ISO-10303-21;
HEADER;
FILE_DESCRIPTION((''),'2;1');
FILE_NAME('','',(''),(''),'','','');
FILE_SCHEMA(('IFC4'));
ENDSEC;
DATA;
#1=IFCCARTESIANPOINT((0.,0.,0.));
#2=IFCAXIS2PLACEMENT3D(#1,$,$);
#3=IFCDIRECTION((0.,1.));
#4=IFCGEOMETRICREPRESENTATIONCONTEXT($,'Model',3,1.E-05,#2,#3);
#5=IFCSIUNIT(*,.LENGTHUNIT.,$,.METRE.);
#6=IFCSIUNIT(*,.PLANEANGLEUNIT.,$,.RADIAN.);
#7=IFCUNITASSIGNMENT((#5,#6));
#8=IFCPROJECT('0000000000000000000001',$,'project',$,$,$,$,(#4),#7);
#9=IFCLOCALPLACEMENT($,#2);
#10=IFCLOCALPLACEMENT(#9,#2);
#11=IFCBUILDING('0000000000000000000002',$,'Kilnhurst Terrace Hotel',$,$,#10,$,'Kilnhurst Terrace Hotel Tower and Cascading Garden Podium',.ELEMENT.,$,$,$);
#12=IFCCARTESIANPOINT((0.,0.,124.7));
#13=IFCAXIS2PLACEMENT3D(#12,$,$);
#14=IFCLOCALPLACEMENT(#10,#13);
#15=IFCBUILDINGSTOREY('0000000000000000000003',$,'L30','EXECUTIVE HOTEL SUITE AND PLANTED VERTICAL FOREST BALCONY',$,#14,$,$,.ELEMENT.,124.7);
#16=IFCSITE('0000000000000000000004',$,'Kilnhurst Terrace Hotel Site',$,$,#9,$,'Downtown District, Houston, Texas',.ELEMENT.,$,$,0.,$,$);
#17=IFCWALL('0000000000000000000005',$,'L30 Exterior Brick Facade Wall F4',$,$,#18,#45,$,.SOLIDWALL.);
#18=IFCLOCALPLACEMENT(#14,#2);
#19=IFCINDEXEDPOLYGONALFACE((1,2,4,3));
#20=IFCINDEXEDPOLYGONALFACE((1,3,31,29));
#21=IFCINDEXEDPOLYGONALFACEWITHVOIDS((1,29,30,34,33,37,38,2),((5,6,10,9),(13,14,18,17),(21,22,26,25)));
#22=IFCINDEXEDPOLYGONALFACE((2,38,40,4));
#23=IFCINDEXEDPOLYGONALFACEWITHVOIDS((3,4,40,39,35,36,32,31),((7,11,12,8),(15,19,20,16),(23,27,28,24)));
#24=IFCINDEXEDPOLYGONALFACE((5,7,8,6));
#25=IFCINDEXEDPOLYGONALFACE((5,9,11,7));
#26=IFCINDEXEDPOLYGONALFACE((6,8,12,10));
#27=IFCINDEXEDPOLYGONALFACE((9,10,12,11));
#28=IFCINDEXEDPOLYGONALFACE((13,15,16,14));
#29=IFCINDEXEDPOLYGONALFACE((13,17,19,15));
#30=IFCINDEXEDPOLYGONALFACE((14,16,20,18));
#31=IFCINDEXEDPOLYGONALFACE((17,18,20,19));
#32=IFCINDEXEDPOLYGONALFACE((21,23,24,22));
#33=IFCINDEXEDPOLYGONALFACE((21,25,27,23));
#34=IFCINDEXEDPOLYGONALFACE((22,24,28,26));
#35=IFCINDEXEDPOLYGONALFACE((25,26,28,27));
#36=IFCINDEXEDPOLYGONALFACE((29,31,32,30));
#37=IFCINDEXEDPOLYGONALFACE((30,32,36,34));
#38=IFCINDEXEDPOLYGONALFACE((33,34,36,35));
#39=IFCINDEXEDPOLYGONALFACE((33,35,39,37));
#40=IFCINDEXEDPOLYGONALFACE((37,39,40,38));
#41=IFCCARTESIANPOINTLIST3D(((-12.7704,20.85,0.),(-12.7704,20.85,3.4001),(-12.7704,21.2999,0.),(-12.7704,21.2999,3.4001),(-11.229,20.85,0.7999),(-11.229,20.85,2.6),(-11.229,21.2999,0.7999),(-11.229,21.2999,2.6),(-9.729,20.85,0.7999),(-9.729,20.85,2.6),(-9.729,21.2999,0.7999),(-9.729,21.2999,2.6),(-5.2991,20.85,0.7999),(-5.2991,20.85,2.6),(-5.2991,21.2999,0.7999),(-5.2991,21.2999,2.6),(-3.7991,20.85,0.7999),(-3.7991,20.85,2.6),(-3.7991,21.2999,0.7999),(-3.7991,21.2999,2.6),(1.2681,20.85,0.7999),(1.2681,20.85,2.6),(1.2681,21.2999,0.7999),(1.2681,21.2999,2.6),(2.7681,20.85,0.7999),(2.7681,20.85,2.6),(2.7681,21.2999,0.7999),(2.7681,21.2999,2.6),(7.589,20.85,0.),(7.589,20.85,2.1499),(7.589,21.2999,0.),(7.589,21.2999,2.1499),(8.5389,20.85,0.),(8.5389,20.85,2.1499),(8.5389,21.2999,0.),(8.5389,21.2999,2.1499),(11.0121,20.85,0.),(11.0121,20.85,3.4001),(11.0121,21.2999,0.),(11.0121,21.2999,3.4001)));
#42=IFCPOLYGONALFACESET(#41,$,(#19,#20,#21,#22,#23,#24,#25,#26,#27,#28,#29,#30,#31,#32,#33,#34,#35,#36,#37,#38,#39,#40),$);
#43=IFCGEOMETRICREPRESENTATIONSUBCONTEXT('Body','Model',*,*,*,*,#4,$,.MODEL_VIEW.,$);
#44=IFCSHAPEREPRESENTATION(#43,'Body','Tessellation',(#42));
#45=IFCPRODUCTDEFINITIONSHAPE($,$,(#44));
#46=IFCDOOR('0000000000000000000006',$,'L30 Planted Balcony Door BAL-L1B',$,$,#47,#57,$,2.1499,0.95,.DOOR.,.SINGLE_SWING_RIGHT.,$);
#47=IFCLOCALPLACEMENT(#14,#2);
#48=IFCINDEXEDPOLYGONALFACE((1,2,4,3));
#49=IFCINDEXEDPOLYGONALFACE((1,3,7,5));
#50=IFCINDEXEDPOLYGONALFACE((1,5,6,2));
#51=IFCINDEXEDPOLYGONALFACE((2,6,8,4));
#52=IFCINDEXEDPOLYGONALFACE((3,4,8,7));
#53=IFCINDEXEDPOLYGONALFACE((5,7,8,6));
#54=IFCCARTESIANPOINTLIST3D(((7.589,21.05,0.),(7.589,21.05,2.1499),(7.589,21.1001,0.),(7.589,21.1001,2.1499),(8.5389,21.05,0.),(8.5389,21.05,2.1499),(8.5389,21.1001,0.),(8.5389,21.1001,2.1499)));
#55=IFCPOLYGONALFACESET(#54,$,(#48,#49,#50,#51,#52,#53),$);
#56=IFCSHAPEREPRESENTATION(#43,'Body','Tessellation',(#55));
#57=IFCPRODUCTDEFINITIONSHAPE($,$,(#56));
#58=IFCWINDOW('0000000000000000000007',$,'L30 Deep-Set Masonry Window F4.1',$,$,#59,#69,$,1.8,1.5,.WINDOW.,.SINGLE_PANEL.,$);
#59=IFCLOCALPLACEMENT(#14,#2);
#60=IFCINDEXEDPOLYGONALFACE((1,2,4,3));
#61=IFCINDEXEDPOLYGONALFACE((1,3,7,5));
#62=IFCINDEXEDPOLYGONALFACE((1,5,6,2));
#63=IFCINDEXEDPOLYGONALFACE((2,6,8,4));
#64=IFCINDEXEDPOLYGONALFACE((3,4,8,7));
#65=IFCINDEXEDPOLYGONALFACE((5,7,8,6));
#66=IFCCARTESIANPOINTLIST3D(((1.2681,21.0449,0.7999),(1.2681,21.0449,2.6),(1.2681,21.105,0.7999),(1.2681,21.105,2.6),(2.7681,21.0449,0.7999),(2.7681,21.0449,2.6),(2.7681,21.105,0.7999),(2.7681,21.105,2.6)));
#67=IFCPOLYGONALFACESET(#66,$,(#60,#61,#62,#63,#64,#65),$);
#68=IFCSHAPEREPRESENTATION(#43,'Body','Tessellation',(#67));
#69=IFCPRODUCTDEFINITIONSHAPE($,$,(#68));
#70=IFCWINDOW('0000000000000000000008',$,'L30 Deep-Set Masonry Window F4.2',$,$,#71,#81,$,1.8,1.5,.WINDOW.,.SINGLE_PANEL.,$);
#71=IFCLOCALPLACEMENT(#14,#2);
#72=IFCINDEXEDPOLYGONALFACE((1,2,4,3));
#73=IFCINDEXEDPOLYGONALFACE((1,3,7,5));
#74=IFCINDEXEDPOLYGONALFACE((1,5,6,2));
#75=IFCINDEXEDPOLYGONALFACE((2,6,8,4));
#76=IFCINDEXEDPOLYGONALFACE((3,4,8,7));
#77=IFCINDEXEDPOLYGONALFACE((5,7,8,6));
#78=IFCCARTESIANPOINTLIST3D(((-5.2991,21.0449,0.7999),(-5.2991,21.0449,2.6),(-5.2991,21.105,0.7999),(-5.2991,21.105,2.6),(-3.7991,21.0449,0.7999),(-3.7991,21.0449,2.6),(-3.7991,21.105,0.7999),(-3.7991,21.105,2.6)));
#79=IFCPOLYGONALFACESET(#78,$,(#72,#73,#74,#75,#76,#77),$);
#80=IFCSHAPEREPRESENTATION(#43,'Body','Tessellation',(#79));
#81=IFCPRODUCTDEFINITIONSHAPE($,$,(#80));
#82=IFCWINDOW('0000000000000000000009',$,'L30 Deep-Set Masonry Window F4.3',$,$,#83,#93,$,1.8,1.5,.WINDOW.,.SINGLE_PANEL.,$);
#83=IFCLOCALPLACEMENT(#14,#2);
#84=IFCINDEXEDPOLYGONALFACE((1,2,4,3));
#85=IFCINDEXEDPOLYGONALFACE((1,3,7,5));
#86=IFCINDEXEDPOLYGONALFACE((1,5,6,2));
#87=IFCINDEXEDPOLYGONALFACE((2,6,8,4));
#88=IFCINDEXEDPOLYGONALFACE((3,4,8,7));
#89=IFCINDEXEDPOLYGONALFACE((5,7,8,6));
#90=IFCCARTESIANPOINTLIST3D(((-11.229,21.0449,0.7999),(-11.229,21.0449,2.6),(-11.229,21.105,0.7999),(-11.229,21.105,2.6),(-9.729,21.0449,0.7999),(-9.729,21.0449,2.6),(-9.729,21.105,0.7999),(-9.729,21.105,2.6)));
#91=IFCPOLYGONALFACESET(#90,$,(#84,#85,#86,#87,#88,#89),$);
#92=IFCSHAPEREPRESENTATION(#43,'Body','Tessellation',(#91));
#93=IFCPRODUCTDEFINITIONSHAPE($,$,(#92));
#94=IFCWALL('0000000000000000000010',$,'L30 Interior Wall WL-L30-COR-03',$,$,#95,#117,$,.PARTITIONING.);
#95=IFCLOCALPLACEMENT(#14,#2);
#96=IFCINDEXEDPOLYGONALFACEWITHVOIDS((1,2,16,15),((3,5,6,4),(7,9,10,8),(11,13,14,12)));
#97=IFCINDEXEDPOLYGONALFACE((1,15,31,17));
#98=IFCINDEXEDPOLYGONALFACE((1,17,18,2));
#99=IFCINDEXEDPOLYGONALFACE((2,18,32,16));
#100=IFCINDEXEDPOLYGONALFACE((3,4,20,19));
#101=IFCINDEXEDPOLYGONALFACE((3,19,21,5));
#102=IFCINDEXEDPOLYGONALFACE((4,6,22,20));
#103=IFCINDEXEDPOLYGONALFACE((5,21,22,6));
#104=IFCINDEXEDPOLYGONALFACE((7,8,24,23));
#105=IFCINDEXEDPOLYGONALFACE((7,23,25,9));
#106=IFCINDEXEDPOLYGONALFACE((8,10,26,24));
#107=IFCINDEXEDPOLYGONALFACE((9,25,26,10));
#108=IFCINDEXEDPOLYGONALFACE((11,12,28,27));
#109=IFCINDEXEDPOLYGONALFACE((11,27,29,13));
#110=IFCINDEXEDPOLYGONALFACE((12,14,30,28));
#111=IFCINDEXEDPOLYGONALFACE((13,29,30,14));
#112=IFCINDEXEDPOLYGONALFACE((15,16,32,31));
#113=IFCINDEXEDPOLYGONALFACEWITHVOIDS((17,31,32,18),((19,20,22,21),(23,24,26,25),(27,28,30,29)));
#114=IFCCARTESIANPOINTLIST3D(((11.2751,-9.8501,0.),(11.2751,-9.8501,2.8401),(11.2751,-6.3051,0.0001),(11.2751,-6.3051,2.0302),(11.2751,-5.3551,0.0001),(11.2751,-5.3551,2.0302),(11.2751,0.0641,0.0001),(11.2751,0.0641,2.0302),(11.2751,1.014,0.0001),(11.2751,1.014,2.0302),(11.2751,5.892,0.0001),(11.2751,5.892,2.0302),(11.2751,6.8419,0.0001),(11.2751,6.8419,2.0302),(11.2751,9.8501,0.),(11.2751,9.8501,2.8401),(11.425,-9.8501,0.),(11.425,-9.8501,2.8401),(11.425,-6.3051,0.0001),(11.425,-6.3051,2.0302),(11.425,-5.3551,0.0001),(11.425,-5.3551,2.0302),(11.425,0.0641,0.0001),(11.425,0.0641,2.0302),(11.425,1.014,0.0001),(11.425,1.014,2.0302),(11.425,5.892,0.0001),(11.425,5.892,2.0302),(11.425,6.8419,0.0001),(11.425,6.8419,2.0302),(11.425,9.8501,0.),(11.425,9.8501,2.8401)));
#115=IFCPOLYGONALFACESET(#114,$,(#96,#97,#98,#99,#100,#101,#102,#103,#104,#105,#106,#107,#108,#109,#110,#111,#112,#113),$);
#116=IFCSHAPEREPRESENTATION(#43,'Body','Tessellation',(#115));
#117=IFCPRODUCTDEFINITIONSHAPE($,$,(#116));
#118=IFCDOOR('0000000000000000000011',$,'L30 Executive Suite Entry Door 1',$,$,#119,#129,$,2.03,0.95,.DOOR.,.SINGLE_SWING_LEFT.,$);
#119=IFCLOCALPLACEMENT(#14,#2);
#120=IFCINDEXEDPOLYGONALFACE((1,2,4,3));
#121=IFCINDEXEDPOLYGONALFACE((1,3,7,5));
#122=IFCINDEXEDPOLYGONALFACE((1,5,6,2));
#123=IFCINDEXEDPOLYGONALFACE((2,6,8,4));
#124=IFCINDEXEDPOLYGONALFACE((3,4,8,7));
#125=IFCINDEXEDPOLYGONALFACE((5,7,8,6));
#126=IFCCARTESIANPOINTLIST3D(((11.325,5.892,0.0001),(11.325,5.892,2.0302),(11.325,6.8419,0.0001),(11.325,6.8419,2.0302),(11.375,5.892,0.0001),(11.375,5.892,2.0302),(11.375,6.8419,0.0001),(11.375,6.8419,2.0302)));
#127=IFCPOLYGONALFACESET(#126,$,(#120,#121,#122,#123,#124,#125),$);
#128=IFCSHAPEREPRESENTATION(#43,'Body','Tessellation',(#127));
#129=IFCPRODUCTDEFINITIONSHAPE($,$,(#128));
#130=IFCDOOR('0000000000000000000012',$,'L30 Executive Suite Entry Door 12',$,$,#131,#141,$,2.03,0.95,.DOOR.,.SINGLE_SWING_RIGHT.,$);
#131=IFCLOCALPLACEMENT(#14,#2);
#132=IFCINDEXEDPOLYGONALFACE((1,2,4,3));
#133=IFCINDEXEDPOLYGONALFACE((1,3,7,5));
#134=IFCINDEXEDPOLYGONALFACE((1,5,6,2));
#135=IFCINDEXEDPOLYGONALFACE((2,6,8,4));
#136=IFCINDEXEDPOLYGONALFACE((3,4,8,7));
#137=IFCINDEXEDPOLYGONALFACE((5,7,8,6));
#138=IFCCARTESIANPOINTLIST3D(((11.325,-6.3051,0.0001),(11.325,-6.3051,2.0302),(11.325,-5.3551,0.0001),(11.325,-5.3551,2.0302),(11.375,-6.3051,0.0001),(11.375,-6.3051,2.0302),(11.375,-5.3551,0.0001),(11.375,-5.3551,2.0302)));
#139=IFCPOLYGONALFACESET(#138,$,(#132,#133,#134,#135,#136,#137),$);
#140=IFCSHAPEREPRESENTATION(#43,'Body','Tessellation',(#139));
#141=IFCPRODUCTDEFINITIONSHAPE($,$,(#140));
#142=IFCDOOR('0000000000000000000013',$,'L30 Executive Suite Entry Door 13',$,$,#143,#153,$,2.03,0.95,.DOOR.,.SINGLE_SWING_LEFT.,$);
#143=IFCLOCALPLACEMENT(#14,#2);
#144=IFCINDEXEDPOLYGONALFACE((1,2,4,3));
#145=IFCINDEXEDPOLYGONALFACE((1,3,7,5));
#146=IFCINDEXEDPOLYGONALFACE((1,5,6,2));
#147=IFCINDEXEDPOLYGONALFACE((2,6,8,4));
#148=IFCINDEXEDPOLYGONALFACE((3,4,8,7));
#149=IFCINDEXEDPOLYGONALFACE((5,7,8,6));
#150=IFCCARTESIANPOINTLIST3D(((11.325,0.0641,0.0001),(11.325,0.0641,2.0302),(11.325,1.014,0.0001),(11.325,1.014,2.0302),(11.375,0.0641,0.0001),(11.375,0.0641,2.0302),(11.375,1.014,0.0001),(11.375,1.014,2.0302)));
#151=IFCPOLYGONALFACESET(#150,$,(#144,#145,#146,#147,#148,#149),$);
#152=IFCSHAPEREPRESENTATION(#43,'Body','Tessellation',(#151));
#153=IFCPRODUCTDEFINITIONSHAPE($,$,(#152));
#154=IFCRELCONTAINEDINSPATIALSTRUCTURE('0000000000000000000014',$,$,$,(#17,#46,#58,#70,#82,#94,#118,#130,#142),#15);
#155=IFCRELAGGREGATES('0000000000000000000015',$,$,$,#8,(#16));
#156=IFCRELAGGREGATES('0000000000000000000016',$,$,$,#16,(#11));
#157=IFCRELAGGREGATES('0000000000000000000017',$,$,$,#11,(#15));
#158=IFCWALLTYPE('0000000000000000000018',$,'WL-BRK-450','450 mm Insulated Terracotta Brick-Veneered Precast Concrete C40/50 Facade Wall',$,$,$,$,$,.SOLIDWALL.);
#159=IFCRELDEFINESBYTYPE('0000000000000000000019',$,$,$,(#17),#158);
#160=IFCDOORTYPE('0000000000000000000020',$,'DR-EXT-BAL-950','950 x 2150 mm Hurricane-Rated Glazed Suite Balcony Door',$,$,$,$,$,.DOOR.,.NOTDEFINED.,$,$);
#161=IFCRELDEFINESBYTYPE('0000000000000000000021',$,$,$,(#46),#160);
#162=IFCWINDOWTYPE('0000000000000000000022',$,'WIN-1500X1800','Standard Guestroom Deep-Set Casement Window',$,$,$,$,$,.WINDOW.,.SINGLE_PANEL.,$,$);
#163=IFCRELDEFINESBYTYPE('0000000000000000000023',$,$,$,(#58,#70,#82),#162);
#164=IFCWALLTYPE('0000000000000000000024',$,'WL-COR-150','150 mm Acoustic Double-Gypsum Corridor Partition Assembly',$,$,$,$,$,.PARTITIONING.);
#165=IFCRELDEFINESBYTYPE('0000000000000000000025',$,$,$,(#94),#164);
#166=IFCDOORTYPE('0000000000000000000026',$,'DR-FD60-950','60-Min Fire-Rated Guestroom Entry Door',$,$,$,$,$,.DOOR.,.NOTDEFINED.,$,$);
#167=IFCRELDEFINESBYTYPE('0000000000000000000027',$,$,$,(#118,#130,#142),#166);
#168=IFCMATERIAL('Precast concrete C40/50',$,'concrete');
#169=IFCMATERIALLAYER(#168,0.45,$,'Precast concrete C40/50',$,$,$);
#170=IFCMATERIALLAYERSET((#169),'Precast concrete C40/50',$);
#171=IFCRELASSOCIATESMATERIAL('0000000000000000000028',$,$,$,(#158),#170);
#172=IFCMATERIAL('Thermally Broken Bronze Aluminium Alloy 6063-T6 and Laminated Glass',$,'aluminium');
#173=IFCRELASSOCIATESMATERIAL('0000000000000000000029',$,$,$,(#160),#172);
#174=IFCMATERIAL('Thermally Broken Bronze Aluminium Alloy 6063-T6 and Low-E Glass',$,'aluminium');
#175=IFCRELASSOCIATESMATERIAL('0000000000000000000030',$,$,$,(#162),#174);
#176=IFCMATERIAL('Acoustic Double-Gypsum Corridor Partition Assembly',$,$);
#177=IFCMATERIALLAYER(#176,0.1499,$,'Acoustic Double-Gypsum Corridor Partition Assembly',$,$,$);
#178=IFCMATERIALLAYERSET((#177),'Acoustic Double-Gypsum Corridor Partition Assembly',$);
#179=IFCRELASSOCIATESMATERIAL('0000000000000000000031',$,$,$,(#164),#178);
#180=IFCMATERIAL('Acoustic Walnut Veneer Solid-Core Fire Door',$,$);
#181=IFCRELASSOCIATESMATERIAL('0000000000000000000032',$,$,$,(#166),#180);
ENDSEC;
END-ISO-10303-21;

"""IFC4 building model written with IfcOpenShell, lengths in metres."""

from ifc_helpers import new_model, si_unit, direction, frame, frame_2d, origin, place, context, subcontext, project, spatial, rectangle, extrude, material, layer, layer_set, type_object, element, fill, save


model = new_model("IFC4")

# Units and contexts
model_context = context("Model", 3, precision=1e-05, world=origin(), true_north=direction((0.0, 1.0)))
body_context = subcontext(model_context, "Body", "Model", "MODEL_VIEW")
ifc_project = project(units=[si_unit("LENGTHUNIT", "METRE"), si_unit("PLANEANGLEUNIT", "RADIAN")], contexts=[model_context])

# Site, building, storey
site_placement = place(None, origin())
site = spatial("IfcSite", under=ifc_project, at=site_placement, Name="Kilnhurst Terrace Hotel Site", LongName="Downtown District, Houston, Texas", CompositionType="ELEMENT", RefElevation=0.0)
building_placement = place(site_placement, origin())
building = spatial("IfcBuilding", under=site, at=building_placement, Name="Kilnhurst Terrace Hotel", LongName="Kilnhurst Terrace Hotel Tower and Cascading Garden Podium", CompositionType="ELEMENT")
storey_placement = place(building_placement, frame((0.0, 0.0, 124.7)))
storey = spatial("IfcBuildingStorey", under=building, at=storey_placement, Name="L30", Description="EXECUTIVE HOTEL SUITE AND PLANTED VERTICAL FOREST BALCONY", CompositionType="ELEMENT", Elevation=124.7)

# Shared definitions
ifc_material_1 = material(Name="Precast concrete C40/50", Category="concrete")
ifc_layer_1 = layer(ifc_material_1, 0.45, Name="Precast concrete C40/50")
ifc_layer_set_1 = layer_set([ifc_layer_1], Name="Precast concrete C40/50")
wall_type_1 = type_object("IfcWallType", Name="WL-BRK-450", Description="450 mm Insulated Terracotta Brick-Veneered Precast Concrete C40/50 Facade Wall", PredefinedType="SOLIDWALL", material=ifc_layer_set_1)

# Wall, openings, door, windows
wall_1_placement = place(storey_placement, frame((11.012, 21.075, 0.0), z_axis=(0.0, 0.0, 1.0), x_axis=(-1.0, 0.0, 0.0)))
wall_1 = element("IfcWall", 1, at=wall_1_placement, inside=storey, type_object=wall_type_1, Name="L30 Exterior Brick Facade Wall F4", PredefinedType="SOLIDWALL", context=body_context, shape_type="SweptSolid", body=[
    extrude(rectangle(XDim=23.7825, YDim=0.45, at=frame_2d((11.8911, 0.0))), origin(), (0.0, 0.0, 1.0), 3.4001),
])
opening_1_placement = place(wall_1_placement, frame((2.4729, 0.0, 0.0)))
opening_1 = element("IfcOpeningElement", 2, at=opening_1_placement, cuts=wall_1, PredefinedType="OPENING", context=body_context, shape_type="SweptSolid", body=[
    extrude(rectangle(XDim=0.95, YDim=2.1499, at=frame_2d((0.4751, 1.075))), frame((0.0, 0.2349, 0.0), z_axis=(0.0, -1.0, 0.0), x_axis=(1.0, 0.0, 0.0)), (0.0, 0.0, 1.0), 0.47),
])
opening_2_placement = place(wall_1_placement, frame((8.2439, 0.0, 0.8)))
opening_2 = element("IfcOpeningElement", 3, at=opening_2_placement, cuts=wall_1, PredefinedType="OPENING", context=body_context, shape_type="SweptSolid", body=[
    extrude(rectangle(XDim=1.5, YDim=1.8, at=frame_2d((0.75, 0.8999))), frame((0.0, 0.2349, 0.0), z_axis=(0.0, -1.0, 0.0), x_axis=(1.0, 0.0, 0.0)), (0.0, 0.0, 1.0), 0.47),
])
opening_3_placement = place(wall_1_placement, frame((14.811, 0.0, 0.8)))
opening_3 = element("IfcOpeningElement", 4, at=opening_3_placement, cuts=wall_1, PredefinedType="OPENING", context=body_context, shape_type="SweptSolid", body=[
    extrude(rectangle(XDim=1.5, YDim=1.8, at=frame_2d((0.75, 0.8999))), frame((0.0, 0.2349, 0.0), z_axis=(0.0, -1.0, 0.0), x_axis=(1.0, 0.0, 0.0)), (0.0, 0.0, 1.0), 0.47),
])
opening_4_placement = place(wall_1_placement, frame((20.741, 0.0, 0.8)))
opening_4 = element("IfcOpeningElement", 5, at=opening_4_placement, cuts=wall_1, PredefinedType="OPENING", context=body_context, shape_type="SweptSolid", body=[
    extrude(rectangle(XDim=1.5, YDim=1.8, at=frame_2d((0.75, 0.8999))), frame((0.0, 0.2349, 0.0), z_axis=(0.0, -1.0, 0.0), x_axis=(1.0, 0.0, 0.0)), (0.0, 0.0, 1.0), 0.47),
])
ifc_material_2 = material(Name="Thermally Broken Bronze Aluminium Alloy 6063-T6 and Laminated Glass", Category="aluminium")
door_type_1 = type_object("IfcDoorType", Name="DR-EXT-BAL-950", Description="950 x 2150 mm Hurricane-Rated Glazed Suite Balcony Door", OperationType="NOTDEFINED", PredefinedType="DOOR", material=ifc_material_2)
door_1_placement = place(opening_1_placement, origin())
door_1 = element("IfcDoor", 6, at=door_1_placement, inside=storey, type_object=door_type_1, Name="L30 Planted Balcony Door BAL-L1B", OperationType="SINGLE_SWING_RIGHT", OverallHeight=2.1499, OverallWidth=0.95, PredefinedType="DOOR", context=body_context, shape_type="SweptSolid", body=[
    extrude(rectangle(XDim=0.95, YDim=2.1499, at=frame_2d((0.4751, 1.075))), frame((0.0, 0.0249, 0.0), z_axis=(0.0, -1.0, 0.0), x_axis=(1.0, 0.0, 0.0)), (0.0, 0.0, 1.0), 0.05),
])
fill(opening_1, door_1)
ifc_material_3 = material(Name="Thermally Broken Bronze Aluminium Alloy 6063-T6 and Low-E Glass", Category="aluminium")
window_type = type_object("IfcWindowType", Name="WIN-1500X1800", Description="Standard Guestroom Deep-Set Casement Window", PartitioningType="SINGLE_PANEL", PredefinedType="WINDOW", material=ifc_material_3)
window_1_placement = place(opening_2_placement, origin())
window_1 = element("IfcWindow", 7, at=window_1_placement, inside=storey, type_object=window_type, Name="L30 Deep-Set Masonry Window F4.1", OverallHeight=1.8, OverallWidth=1.5, PartitioningType="SINGLE_PANEL", PredefinedType="WINDOW", context=body_context, shape_type="SweptSolid", body=[
    extrude(rectangle(XDim=1.5, YDim=1.8, at=frame_2d((0.75, 0.8999))), frame((0.0, 0.03, 0.0), z_axis=(0.0, -1.0, 0.0), x_axis=(1.0, 0.0, 0.0)), (0.0, 0.0, 1.0), 0.0601),
])
fill(opening_2, window_1)
window_2_placement = place(opening_3_placement, origin())
window_2 = element("IfcWindow", 8, at=window_2_placement, inside=storey, type_object=window_type, Name="L30 Deep-Set Masonry Window F4.2", OverallHeight=1.8, OverallWidth=1.5, PartitioningType="SINGLE_PANEL", PredefinedType="WINDOW", context=body_context, shape_type="SweptSolid", body=[
    extrude(rectangle(XDim=1.5, YDim=1.8, at=frame_2d((0.75, 0.8999))), frame((0.0, 0.03, 0.0), z_axis=(0.0, -1.0, 0.0), x_axis=(1.0, 0.0, 0.0)), (0.0, 0.0, 1.0), 0.0601),
])
fill(opening_3, window_2)
window_3_placement = place(opening_4_placement, origin())
window_3 = element("IfcWindow", 9, at=window_3_placement, inside=storey, type_object=window_type, Name="L30 Deep-Set Masonry Window F4.3", OverallHeight=1.8, OverallWidth=1.5, PartitioningType="SINGLE_PANEL", PredefinedType="WINDOW", context=body_context, shape_type="SweptSolid", body=[
    extrude(rectangle(XDim=1.5, YDim=1.8, at=frame_2d((0.75, 0.8999))), frame((0.0, 0.03, 0.0), z_axis=(0.0, -1.0, 0.0), x_axis=(1.0, 0.0, 0.0)), (0.0, 0.0, 1.0), 0.0601),
])
fill(opening_4, window_3)

# Wall, openings, doors
ifc_material_4 = material(Name="Acoustic Double-Gypsum Corridor Partition Assembly")
ifc_layer_2 = layer(ifc_material_4, 0.1499, Name="Acoustic Double-Gypsum Corridor Partition Assembly")
ifc_layer_set_2 = layer_set([ifc_layer_2], Name="Acoustic Double-Gypsum Corridor Partition Assembly")
wall_type_2 = type_object("IfcWallType", Name="WL-COR-150", Description="150 mm Acoustic Double-Gypsum Corridor Partition Assembly", PredefinedType="PARTITIONING", material=ifc_layer_set_2)
wall_2_placement = place(storey_placement, frame((11.3501, 9.8501, 0.0), z_axis=(0.0, 0.0, 1.0), x_axis=(0.0, -1.0, 0.0)))
wall_2 = element("IfcWall", 10, at=wall_2_placement, inside=storey, type_object=wall_type_2, Name="L30 Interior Wall WL-L30-COR-03", PredefinedType="PARTITIONING", context=body_context, shape_type="SweptSolid", body=[
    extrude(rectangle(XDim=19.7002, YDim=0.1499, at=frame_2d((9.8501, 0.0))), origin(), (0.0, 0.0, 1.0), 2.8401),
])
opening_5_placement = place(wall_2_placement, frame((3.0081, 0.0, 0.0)))
opening_5 = element("IfcOpeningElement", 11, at=opening_5_placement, cuts=wall_2, PredefinedType="OPENING", context=body_context, shape_type="SweptSolid", body=[
    extrude(rectangle(XDim=0.95, YDim=2.03, at=frame_2d((0.4751, 1.0151))), frame((0.0, 0.085, 0.0), z_axis=(0.0, -1.0, 0.0), x_axis=(1.0, 0.0, 0.0)), (0.0, 0.0, 1.0), 0.1699),
])
opening_6_placement = place(wall_2_placement, frame((15.2051, 0.0, 0.0)))
opening_6 = element("IfcOpeningElement", 12, at=opening_6_placement, cuts=wall_2, PredefinedType="OPENING", context=body_context, shape_type="SweptSolid", body=[
    extrude(rectangle(XDim=0.95, YDim=2.03, at=frame_2d((0.4751, 1.0151))), frame((0.0, 0.085, 0.0), z_axis=(0.0, -1.0, 0.0), x_axis=(1.0, 0.0, 0.0)), (0.0, 0.0, 1.0), 0.1699),
])
opening_7_placement = place(wall_2_placement, frame((8.8359, 0.0, 0.0)))
opening_7 = element("IfcOpeningElement", 13, at=opening_7_placement, cuts=wall_2, PredefinedType="OPENING", context=body_context, shape_type="SweptSolid", body=[
    extrude(rectangle(XDim=0.95, YDim=2.03, at=frame_2d((0.4751, 1.0151))), frame((0.0, 0.085, 0.0), z_axis=(0.0, -1.0, 0.0), x_axis=(1.0, 0.0, 0.0)), (0.0, 0.0, 1.0), 0.1699),
])
ifc_material_5 = material(Name="Acoustic Walnut Veneer Solid-Core Fire Door")
door_type_2 = type_object("IfcDoorType", Name="DR-FD60-950", Description="60-Min Fire-Rated Guestroom Entry Door", OperationType="NOTDEFINED", PredefinedType="DOOR", material=ifc_material_5)
door_2_placement = place(opening_5_placement, origin())
door_2 = element("IfcDoor", 14, at=door_2_placement, inside=storey, type_object=door_type_2, Name="L30 Executive Suite Entry Door 1", OperationType="SINGLE_SWING_LEFT", OverallHeight=2.03, OverallWidth=0.95, PredefinedType="DOOR", context=body_context, shape_type="SweptSolid", body=[
    extrude(rectangle(XDim=0.95, YDim=2.03, at=frame_2d((0.4751, 1.0151))), frame((0.0, 0.0249, 0.0), z_axis=(0.0, -1.0, 0.0), x_axis=(1.0, 0.0, 0.0)), (0.0, 0.0, 1.0), 0.05),
])
fill(opening_5, door_2)
door_3_placement = place(opening_6_placement, origin())
door_3 = element("IfcDoor", 15, at=door_3_placement, inside=storey, type_object=door_type_2, Name="L30 Executive Suite Entry Door 12", OperationType="SINGLE_SWING_RIGHT", OverallHeight=2.03, OverallWidth=0.95, PredefinedType="DOOR", context=body_context, shape_type="SweptSolid", body=[
    extrude(rectangle(XDim=0.95, YDim=2.03, at=frame_2d((0.4751, 1.0151))), frame((0.0, 0.0249, 0.0), z_axis=(0.0, -1.0, 0.0), x_axis=(1.0, 0.0, 0.0)), (0.0, 0.0, 1.0), 0.05),
])
fill(opening_6, door_3)
door_4_placement = place(opening_7_placement, origin())
door_4 = element("IfcDoor", 16, at=door_4_placement, inside=storey, type_object=door_type_2, Name="L30 Executive Suite Entry Door 13", OperationType="SINGLE_SWING_LEFT", OverallHeight=2.03, OverallWidth=0.95, PredefinedType="DOOR", context=body_context, shape_type="SweptSolid", body=[
    extrude(rectangle(XDim=0.95, YDim=2.03, at=frame_2d((0.4751, 1.0151))), frame((0.0, 0.0249, 0.0), z_axis=(0.0, -1.0, 0.0), x_axis=(1.0, 0.0, 0.0)), (0.0, 0.0, 1.0), 0.05),
])
fill(opening_7, door_4)

save(model, "model.ifc")
